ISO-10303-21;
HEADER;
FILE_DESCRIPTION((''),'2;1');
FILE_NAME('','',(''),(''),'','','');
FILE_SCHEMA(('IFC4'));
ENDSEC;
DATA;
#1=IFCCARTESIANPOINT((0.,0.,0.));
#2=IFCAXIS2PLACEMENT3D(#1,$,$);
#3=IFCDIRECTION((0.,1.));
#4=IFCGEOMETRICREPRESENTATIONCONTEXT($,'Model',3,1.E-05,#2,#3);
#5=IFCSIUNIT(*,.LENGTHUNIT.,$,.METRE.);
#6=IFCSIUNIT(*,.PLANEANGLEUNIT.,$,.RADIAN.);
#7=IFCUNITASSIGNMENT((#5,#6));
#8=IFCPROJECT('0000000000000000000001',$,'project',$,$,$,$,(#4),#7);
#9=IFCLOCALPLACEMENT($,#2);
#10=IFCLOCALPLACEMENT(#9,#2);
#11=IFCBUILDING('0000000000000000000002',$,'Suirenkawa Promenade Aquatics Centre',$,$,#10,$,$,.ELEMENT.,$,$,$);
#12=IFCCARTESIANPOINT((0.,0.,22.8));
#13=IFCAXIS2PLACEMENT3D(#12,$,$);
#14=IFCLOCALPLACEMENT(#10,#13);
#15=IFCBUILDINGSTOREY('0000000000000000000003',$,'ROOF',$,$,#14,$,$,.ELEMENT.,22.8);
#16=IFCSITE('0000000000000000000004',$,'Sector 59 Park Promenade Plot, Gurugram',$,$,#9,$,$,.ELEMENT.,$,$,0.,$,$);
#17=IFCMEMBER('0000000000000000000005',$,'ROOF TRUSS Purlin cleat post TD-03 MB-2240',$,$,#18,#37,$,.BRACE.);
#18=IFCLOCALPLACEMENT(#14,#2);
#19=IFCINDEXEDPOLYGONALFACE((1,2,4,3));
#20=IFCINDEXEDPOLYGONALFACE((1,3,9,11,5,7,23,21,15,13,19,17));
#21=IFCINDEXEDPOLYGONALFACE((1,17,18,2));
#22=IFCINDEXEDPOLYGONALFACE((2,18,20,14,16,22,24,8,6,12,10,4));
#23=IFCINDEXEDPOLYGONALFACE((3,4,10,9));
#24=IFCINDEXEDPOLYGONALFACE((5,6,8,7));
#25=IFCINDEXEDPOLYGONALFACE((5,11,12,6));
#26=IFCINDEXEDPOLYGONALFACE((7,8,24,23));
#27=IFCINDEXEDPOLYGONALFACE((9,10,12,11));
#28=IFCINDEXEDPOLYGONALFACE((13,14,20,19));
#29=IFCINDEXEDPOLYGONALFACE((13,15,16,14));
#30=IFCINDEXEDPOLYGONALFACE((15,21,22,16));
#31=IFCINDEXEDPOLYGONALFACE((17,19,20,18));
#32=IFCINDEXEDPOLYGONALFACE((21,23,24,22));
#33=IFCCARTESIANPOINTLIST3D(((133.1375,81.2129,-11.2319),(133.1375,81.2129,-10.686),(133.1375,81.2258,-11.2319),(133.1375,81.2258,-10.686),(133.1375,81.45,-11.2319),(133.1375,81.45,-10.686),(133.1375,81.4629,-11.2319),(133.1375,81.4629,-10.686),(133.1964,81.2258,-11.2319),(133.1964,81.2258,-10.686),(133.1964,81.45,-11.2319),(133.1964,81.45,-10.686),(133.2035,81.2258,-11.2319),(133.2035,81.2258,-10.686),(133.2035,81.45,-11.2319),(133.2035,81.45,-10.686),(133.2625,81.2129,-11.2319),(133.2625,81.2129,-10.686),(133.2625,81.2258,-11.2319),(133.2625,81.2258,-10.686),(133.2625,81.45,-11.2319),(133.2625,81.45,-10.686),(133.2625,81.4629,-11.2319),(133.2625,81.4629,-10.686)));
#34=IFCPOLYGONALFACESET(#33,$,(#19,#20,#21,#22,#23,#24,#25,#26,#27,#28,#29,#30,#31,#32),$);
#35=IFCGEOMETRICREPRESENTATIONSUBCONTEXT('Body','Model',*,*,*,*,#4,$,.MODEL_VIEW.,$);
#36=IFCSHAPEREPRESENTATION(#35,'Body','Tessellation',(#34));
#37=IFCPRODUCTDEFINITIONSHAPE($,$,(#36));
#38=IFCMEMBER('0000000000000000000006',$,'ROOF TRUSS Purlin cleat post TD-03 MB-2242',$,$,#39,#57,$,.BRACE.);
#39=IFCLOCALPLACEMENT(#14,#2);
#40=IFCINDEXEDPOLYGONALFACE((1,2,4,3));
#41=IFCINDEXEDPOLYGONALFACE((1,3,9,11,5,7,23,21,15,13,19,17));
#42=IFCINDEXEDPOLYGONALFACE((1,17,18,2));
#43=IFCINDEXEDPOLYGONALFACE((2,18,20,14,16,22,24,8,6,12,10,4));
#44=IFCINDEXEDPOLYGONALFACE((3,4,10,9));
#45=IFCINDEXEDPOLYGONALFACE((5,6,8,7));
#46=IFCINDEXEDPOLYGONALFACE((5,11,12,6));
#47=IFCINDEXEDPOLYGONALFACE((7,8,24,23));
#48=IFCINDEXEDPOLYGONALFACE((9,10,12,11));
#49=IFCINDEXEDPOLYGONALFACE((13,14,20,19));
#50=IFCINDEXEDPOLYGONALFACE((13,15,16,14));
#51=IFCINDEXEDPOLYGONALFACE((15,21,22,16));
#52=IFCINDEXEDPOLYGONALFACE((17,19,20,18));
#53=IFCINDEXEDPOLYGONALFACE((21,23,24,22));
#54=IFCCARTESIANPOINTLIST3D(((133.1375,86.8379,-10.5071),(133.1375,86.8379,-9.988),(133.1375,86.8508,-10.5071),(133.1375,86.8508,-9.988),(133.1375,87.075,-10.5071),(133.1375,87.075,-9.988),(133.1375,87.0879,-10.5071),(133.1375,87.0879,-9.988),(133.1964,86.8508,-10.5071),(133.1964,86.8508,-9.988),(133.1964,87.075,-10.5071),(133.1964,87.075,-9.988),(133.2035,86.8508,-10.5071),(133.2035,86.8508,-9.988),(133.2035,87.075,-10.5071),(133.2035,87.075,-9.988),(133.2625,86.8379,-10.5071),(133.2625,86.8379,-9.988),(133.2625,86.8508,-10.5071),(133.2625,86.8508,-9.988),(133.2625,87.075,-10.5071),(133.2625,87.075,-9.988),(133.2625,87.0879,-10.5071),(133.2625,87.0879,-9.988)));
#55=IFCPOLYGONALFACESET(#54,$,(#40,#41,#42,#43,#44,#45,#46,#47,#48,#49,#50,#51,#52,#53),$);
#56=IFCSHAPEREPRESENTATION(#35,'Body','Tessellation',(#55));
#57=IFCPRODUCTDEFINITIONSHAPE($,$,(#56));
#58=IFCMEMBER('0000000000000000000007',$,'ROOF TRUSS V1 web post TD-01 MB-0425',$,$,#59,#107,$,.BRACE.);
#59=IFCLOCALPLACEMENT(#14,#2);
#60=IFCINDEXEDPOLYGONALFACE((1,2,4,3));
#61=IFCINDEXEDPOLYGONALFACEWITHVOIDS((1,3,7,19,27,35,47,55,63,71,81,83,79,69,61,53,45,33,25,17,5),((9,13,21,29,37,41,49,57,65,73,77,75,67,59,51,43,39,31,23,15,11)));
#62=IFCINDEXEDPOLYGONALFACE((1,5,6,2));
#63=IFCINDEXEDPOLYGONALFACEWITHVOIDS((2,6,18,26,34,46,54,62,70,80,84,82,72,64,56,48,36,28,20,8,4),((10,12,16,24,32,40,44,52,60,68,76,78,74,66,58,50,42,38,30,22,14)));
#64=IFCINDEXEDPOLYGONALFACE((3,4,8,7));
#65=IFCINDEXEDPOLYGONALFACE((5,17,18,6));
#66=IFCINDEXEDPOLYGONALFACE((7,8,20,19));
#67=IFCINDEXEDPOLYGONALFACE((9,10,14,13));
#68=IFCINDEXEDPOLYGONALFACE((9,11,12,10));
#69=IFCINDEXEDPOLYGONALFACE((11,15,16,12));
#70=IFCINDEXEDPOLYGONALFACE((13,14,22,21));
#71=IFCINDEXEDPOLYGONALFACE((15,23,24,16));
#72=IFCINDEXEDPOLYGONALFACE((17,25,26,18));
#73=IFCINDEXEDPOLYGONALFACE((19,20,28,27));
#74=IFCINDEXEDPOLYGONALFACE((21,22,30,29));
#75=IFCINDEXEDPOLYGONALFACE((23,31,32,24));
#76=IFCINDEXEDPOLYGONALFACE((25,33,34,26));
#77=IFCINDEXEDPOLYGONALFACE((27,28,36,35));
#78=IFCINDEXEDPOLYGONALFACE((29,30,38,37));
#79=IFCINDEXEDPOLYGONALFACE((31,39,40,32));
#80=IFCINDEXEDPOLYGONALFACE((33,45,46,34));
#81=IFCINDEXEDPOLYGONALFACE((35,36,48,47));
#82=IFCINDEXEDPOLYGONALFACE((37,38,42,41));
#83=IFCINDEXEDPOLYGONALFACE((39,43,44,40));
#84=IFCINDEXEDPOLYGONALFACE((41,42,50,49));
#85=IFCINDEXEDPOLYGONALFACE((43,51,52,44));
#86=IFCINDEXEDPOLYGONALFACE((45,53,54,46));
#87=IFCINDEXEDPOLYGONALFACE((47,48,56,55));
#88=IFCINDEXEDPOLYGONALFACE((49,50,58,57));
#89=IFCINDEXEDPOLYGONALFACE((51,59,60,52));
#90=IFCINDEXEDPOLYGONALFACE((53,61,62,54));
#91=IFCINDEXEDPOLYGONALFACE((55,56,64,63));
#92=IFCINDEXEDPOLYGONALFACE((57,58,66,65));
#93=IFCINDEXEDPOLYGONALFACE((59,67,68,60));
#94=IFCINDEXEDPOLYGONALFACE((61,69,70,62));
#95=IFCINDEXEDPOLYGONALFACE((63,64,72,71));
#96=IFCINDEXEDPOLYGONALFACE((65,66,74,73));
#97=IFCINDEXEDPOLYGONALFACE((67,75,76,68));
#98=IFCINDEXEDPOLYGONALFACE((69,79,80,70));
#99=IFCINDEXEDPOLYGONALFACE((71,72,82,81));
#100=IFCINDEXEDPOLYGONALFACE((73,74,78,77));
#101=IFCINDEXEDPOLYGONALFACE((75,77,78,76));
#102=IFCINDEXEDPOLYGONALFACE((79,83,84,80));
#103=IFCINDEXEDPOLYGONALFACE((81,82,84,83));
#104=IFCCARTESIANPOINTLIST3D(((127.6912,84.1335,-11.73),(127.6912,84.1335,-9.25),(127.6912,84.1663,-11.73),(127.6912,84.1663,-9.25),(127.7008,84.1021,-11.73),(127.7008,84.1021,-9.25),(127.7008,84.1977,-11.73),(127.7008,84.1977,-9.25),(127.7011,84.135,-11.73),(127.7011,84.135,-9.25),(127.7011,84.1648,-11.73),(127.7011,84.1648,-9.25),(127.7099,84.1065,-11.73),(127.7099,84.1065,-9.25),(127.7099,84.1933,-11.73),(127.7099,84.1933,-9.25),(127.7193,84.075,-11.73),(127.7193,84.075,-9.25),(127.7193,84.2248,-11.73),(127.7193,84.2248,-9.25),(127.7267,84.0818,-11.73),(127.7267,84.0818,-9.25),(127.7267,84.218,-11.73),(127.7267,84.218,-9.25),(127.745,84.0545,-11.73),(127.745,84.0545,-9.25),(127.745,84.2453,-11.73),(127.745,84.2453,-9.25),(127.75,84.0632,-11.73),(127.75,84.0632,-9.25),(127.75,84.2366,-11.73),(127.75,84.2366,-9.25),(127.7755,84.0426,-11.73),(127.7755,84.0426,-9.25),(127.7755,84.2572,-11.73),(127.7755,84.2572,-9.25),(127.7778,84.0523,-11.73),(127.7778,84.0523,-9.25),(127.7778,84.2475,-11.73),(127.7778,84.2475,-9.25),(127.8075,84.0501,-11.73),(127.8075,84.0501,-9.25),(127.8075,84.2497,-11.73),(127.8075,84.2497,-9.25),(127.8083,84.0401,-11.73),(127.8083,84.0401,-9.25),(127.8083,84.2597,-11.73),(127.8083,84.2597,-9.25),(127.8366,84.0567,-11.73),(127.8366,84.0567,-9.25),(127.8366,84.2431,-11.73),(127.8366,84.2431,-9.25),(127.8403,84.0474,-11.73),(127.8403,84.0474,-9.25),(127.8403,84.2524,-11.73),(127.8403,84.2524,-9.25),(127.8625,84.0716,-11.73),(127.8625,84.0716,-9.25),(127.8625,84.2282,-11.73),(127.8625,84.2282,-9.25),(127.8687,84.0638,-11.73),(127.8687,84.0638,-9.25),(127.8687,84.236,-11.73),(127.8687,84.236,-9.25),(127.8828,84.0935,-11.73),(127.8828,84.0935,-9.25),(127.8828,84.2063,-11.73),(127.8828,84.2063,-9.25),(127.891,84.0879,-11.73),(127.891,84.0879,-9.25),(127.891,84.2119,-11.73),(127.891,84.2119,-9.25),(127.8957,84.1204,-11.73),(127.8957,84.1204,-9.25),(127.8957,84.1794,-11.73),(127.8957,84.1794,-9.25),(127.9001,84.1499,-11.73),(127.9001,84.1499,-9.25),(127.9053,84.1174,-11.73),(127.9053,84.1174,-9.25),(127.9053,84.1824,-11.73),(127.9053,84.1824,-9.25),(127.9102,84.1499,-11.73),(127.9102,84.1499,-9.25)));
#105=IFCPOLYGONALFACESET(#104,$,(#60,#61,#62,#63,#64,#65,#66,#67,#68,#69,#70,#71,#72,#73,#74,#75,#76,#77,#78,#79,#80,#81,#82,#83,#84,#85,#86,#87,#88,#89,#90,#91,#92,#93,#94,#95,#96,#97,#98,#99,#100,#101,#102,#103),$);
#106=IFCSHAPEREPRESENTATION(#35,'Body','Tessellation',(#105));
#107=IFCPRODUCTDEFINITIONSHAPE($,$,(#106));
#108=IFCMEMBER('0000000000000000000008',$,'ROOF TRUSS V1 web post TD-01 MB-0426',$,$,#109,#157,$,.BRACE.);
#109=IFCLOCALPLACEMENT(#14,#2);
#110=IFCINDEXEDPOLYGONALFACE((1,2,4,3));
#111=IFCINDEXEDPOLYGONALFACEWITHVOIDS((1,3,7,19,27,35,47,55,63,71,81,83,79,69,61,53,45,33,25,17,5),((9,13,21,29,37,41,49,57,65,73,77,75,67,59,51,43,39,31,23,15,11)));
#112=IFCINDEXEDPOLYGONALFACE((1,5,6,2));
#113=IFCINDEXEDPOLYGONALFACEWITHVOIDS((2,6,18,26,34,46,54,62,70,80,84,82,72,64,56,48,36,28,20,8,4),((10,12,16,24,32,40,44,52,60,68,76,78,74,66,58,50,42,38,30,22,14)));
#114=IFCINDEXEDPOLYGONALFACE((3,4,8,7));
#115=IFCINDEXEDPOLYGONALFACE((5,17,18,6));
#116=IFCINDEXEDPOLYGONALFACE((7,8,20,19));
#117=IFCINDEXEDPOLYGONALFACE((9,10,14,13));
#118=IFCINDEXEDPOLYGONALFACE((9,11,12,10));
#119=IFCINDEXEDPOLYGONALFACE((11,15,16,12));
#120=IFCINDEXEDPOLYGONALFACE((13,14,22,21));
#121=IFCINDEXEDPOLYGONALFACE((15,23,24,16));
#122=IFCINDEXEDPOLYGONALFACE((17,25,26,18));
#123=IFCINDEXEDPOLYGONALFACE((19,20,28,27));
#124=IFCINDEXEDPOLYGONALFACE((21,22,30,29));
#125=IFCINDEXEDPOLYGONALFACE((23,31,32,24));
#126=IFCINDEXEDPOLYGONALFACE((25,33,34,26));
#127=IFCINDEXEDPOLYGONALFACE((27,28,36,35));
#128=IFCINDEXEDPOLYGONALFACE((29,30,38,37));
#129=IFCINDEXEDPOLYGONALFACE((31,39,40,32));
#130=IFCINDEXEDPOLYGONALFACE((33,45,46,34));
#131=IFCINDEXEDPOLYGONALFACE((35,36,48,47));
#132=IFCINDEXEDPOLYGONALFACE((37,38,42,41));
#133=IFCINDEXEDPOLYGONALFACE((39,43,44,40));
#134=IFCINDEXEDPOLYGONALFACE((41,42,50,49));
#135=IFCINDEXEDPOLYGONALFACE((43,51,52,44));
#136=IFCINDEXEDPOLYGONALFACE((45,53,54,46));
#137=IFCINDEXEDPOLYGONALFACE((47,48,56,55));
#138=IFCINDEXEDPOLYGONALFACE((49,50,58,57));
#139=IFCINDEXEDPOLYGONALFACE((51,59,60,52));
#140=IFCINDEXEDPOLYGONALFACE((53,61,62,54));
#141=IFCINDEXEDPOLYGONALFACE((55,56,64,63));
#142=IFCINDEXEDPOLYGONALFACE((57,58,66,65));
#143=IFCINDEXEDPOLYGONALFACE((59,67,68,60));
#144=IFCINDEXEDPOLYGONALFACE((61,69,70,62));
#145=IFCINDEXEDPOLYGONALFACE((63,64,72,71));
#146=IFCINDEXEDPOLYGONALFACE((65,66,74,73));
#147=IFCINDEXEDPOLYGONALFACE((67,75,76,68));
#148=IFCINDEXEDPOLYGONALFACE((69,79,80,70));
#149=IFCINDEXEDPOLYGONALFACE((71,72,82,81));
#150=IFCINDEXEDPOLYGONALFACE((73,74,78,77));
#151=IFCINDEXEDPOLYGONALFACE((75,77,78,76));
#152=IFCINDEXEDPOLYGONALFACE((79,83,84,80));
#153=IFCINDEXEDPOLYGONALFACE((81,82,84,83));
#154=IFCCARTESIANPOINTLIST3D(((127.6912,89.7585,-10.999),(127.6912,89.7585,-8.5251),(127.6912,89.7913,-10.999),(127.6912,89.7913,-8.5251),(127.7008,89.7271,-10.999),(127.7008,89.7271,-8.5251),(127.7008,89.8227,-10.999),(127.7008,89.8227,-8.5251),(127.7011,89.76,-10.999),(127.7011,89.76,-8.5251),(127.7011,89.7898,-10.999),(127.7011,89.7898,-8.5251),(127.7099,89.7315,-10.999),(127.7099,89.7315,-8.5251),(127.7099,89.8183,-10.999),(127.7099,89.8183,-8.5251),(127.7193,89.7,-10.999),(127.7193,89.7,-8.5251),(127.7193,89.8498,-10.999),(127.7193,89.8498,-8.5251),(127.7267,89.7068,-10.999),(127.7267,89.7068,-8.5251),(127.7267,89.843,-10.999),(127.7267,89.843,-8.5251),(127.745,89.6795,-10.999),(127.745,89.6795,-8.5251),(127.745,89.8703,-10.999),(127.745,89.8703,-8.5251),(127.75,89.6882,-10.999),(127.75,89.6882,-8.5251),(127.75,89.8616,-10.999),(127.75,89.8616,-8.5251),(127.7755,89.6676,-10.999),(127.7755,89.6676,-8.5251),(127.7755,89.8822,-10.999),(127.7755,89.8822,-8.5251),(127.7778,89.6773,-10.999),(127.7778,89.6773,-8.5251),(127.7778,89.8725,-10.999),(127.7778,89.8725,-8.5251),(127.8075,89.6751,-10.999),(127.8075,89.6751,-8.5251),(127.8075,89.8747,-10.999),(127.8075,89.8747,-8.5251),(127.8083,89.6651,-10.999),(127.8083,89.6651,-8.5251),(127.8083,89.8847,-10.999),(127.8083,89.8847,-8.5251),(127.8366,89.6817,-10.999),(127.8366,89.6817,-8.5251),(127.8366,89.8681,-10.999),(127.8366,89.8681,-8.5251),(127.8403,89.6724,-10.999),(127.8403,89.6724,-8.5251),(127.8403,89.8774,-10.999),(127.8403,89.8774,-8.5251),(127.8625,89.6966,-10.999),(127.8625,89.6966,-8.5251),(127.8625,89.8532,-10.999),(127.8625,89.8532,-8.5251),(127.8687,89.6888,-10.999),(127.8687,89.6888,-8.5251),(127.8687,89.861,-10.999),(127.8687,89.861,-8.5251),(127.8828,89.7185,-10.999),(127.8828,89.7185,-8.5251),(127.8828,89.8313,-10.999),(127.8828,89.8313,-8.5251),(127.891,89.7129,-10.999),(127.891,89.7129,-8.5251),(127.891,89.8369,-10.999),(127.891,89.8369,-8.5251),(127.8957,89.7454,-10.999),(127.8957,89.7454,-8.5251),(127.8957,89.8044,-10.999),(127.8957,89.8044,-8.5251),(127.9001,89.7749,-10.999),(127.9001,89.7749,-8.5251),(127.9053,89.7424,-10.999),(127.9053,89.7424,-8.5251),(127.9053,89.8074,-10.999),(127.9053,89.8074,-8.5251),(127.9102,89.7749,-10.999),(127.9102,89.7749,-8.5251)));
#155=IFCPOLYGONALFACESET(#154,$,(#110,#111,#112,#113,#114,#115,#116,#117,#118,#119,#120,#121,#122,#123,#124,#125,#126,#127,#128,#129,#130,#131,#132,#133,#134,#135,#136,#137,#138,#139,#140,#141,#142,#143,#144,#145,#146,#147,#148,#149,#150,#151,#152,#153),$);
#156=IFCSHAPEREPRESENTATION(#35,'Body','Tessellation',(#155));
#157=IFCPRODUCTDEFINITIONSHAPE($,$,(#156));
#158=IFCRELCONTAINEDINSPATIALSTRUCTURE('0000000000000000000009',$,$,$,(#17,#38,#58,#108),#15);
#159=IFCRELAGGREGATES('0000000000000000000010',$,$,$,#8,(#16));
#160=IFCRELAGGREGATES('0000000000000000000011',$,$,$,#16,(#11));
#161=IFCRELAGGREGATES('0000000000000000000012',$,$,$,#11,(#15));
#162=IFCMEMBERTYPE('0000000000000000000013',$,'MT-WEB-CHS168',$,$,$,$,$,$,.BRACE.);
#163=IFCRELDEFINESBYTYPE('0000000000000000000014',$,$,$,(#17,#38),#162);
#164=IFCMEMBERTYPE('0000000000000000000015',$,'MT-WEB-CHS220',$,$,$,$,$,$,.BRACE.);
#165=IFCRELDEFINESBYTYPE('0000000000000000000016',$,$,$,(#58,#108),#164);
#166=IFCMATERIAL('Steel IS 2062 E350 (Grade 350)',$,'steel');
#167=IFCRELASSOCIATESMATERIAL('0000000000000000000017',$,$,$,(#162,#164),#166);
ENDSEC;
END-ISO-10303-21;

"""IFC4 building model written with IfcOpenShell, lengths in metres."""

from ifc_helpers import new_model, si_unit, direction, frame, origin, origin_2d, place, context, subcontext, project, spatial, hollow_circle, i_section, extrude, material, material_profile, profile_set, type_object, element, save


model = new_model("IFC4")

# Units and contexts
model_context = context("Model", 3, precision=1e-05, world=origin(), true_north=direction((0.0, 1.0)))
body_context = subcontext(model_context, "Body", "Model", "MODEL_VIEW")
ifc_project = project(units=[si_unit("LENGTHUNIT", "METRE"), si_unit("PLANEANGLEUNIT", "RADIAN")], contexts=[model_context])

# Site, building, storey
site_placement = place(None, origin())
site = spatial("IfcSite", under=ifc_project, at=site_placement, Name="Sector 59 Park Promenade Plot, Gurugram", CompositionType="ELEMENT", RefElevation=0.0)
building_placement = place(site_placement, origin())
building = spatial("IfcBuilding", under=site, at=building_placement, Name="Suirenkawa Promenade Aquatics Centre", CompositionType="ELEMENT")
storey_placement = place(building_placement, frame((0.0, 0.0, 22.8)))
storey = spatial("IfcBuildingStorey", under=building, at=storey_placement, Name="ROOF", CompositionType="ELEMENT", Elevation=22.8)

# Shared definitions
ifc_material = material(Name="Steel IS 2062 E350 (Grade 350)", Category="steel")

# Members
ifc_material_profile_1 = material_profile(ifc_material, i_section(OverallWidth=0.125, OverallDepth=0.25, WebThickness=0.0071, FlangeThickness=0.0129, at=origin_2d()), Name="ISMB 250", Category="steel")
ifc_profile_set_1 = profile_set([ifc_material_profile_1], Name="Steel IS 2062 E350 (Grade 350)")
member_type_1 = type_object("IfcMemberType", Name="MT-WEB-CHS168", PredefinedType="BRACE", material=ifc_profile_set_1)
for number, where, z_axis, x_axis, name in (
    (1, (133.2, 81.3379, -11.2319), (0.0, 0.0, 1.0), (1.0, 0.0, 0.0), "ROOF TRUSS Purlin cleat post TD-03 MB-2240"),
):
    element("IfcMember", number, at=place(storey_placement, frame(where, z_axis=z_axis, x_axis=x_axis)), inside=storey, type_object=member_type_1, Name=name, PredefinedType="BRACE", context=body_context, shape_type="SweptSolid", body=[
        extrude(i_section(OverallWidth=0.125, OverallDepth=0.25, WebThickness=0.0071, FlangeThickness=0.0129, at=origin_2d()), origin(), (0.0, 0.0, 1.0), 0.5459),
    ])
member_1_placement = place(storey_placement, frame((133.2, 86.9629, -10.5071), z_axis=(0.0, 0.0, 1.0), x_axis=(1.0, 0.0, 0.0)))
element("IfcMember", 2, at=member_1_placement, inside=storey, type_object=member_type_1, Name="ROOF TRUSS Purlin cleat post TD-03 MB-2242", PredefinedType="BRACE", context=body_context, shape_type="SweptSolid", body=[
    extrude(i_section(OverallWidth=0.125, OverallDepth=0.25, WebThickness=0.0071, FlangeThickness=0.0129, at=origin_2d()), origin(), (0.0, 0.0, 1.0), 0.519),
])
ifc_material_profile_2 = material_profile(ifc_material, hollow_circle(Radius=0.1101, WallThickness=0.01, at=origin_2d()), Name="CHS 220x10", Category="steel")
ifc_profile_set_2 = profile_set([ifc_material_profile_2], Name="Steel IS 2062 E350 (Grade 350)")
member_type_2 = type_object("IfcMemberType", Name="MT-WEB-CHS220", PredefinedType="BRACE", material=ifc_profile_set_2)
member_2_placement = place(storey_placement, frame((127.8, 84.1499, -11.73), z_axis=(0.0, 0.0, 1.0), x_axis=(1.0, 0.0, 0.0)))
element("IfcMember", 3, at=member_2_placement, inside=storey, type_object=member_type_2, Name="ROOF TRUSS V1 web post TD-01 MB-0425", PredefinedType="BRACE", context=body_context, shape_type="SweptSolid", body=[
    extrude(hollow_circle(Radius=0.1101, WallThickness=0.01, at=origin_2d()), origin(), (0.0, 0.0, 1.0), 2.48),
])
member_3_placement = place(storey_placement, frame((127.8, 89.7749, -10.999), z_axis=(0.0, 0.0, 1.0), x_axis=(1.0, 0.0, 0.0)))
element("IfcMember", 4, at=member_3_placement, inside=storey, type_object=member_type_2, Name="ROOF TRUSS V1 web post TD-01 MB-0426", PredefinedType="BRACE", context=body_context, shape_type="SweptSolid", body=[
    extrude(hollow_circle(Radius=0.1101, WallThickness=0.01, at=origin_2d()), origin(), (0.0, 0.0, 1.0), 2.4739),
])

save(model, "model.ifc")
